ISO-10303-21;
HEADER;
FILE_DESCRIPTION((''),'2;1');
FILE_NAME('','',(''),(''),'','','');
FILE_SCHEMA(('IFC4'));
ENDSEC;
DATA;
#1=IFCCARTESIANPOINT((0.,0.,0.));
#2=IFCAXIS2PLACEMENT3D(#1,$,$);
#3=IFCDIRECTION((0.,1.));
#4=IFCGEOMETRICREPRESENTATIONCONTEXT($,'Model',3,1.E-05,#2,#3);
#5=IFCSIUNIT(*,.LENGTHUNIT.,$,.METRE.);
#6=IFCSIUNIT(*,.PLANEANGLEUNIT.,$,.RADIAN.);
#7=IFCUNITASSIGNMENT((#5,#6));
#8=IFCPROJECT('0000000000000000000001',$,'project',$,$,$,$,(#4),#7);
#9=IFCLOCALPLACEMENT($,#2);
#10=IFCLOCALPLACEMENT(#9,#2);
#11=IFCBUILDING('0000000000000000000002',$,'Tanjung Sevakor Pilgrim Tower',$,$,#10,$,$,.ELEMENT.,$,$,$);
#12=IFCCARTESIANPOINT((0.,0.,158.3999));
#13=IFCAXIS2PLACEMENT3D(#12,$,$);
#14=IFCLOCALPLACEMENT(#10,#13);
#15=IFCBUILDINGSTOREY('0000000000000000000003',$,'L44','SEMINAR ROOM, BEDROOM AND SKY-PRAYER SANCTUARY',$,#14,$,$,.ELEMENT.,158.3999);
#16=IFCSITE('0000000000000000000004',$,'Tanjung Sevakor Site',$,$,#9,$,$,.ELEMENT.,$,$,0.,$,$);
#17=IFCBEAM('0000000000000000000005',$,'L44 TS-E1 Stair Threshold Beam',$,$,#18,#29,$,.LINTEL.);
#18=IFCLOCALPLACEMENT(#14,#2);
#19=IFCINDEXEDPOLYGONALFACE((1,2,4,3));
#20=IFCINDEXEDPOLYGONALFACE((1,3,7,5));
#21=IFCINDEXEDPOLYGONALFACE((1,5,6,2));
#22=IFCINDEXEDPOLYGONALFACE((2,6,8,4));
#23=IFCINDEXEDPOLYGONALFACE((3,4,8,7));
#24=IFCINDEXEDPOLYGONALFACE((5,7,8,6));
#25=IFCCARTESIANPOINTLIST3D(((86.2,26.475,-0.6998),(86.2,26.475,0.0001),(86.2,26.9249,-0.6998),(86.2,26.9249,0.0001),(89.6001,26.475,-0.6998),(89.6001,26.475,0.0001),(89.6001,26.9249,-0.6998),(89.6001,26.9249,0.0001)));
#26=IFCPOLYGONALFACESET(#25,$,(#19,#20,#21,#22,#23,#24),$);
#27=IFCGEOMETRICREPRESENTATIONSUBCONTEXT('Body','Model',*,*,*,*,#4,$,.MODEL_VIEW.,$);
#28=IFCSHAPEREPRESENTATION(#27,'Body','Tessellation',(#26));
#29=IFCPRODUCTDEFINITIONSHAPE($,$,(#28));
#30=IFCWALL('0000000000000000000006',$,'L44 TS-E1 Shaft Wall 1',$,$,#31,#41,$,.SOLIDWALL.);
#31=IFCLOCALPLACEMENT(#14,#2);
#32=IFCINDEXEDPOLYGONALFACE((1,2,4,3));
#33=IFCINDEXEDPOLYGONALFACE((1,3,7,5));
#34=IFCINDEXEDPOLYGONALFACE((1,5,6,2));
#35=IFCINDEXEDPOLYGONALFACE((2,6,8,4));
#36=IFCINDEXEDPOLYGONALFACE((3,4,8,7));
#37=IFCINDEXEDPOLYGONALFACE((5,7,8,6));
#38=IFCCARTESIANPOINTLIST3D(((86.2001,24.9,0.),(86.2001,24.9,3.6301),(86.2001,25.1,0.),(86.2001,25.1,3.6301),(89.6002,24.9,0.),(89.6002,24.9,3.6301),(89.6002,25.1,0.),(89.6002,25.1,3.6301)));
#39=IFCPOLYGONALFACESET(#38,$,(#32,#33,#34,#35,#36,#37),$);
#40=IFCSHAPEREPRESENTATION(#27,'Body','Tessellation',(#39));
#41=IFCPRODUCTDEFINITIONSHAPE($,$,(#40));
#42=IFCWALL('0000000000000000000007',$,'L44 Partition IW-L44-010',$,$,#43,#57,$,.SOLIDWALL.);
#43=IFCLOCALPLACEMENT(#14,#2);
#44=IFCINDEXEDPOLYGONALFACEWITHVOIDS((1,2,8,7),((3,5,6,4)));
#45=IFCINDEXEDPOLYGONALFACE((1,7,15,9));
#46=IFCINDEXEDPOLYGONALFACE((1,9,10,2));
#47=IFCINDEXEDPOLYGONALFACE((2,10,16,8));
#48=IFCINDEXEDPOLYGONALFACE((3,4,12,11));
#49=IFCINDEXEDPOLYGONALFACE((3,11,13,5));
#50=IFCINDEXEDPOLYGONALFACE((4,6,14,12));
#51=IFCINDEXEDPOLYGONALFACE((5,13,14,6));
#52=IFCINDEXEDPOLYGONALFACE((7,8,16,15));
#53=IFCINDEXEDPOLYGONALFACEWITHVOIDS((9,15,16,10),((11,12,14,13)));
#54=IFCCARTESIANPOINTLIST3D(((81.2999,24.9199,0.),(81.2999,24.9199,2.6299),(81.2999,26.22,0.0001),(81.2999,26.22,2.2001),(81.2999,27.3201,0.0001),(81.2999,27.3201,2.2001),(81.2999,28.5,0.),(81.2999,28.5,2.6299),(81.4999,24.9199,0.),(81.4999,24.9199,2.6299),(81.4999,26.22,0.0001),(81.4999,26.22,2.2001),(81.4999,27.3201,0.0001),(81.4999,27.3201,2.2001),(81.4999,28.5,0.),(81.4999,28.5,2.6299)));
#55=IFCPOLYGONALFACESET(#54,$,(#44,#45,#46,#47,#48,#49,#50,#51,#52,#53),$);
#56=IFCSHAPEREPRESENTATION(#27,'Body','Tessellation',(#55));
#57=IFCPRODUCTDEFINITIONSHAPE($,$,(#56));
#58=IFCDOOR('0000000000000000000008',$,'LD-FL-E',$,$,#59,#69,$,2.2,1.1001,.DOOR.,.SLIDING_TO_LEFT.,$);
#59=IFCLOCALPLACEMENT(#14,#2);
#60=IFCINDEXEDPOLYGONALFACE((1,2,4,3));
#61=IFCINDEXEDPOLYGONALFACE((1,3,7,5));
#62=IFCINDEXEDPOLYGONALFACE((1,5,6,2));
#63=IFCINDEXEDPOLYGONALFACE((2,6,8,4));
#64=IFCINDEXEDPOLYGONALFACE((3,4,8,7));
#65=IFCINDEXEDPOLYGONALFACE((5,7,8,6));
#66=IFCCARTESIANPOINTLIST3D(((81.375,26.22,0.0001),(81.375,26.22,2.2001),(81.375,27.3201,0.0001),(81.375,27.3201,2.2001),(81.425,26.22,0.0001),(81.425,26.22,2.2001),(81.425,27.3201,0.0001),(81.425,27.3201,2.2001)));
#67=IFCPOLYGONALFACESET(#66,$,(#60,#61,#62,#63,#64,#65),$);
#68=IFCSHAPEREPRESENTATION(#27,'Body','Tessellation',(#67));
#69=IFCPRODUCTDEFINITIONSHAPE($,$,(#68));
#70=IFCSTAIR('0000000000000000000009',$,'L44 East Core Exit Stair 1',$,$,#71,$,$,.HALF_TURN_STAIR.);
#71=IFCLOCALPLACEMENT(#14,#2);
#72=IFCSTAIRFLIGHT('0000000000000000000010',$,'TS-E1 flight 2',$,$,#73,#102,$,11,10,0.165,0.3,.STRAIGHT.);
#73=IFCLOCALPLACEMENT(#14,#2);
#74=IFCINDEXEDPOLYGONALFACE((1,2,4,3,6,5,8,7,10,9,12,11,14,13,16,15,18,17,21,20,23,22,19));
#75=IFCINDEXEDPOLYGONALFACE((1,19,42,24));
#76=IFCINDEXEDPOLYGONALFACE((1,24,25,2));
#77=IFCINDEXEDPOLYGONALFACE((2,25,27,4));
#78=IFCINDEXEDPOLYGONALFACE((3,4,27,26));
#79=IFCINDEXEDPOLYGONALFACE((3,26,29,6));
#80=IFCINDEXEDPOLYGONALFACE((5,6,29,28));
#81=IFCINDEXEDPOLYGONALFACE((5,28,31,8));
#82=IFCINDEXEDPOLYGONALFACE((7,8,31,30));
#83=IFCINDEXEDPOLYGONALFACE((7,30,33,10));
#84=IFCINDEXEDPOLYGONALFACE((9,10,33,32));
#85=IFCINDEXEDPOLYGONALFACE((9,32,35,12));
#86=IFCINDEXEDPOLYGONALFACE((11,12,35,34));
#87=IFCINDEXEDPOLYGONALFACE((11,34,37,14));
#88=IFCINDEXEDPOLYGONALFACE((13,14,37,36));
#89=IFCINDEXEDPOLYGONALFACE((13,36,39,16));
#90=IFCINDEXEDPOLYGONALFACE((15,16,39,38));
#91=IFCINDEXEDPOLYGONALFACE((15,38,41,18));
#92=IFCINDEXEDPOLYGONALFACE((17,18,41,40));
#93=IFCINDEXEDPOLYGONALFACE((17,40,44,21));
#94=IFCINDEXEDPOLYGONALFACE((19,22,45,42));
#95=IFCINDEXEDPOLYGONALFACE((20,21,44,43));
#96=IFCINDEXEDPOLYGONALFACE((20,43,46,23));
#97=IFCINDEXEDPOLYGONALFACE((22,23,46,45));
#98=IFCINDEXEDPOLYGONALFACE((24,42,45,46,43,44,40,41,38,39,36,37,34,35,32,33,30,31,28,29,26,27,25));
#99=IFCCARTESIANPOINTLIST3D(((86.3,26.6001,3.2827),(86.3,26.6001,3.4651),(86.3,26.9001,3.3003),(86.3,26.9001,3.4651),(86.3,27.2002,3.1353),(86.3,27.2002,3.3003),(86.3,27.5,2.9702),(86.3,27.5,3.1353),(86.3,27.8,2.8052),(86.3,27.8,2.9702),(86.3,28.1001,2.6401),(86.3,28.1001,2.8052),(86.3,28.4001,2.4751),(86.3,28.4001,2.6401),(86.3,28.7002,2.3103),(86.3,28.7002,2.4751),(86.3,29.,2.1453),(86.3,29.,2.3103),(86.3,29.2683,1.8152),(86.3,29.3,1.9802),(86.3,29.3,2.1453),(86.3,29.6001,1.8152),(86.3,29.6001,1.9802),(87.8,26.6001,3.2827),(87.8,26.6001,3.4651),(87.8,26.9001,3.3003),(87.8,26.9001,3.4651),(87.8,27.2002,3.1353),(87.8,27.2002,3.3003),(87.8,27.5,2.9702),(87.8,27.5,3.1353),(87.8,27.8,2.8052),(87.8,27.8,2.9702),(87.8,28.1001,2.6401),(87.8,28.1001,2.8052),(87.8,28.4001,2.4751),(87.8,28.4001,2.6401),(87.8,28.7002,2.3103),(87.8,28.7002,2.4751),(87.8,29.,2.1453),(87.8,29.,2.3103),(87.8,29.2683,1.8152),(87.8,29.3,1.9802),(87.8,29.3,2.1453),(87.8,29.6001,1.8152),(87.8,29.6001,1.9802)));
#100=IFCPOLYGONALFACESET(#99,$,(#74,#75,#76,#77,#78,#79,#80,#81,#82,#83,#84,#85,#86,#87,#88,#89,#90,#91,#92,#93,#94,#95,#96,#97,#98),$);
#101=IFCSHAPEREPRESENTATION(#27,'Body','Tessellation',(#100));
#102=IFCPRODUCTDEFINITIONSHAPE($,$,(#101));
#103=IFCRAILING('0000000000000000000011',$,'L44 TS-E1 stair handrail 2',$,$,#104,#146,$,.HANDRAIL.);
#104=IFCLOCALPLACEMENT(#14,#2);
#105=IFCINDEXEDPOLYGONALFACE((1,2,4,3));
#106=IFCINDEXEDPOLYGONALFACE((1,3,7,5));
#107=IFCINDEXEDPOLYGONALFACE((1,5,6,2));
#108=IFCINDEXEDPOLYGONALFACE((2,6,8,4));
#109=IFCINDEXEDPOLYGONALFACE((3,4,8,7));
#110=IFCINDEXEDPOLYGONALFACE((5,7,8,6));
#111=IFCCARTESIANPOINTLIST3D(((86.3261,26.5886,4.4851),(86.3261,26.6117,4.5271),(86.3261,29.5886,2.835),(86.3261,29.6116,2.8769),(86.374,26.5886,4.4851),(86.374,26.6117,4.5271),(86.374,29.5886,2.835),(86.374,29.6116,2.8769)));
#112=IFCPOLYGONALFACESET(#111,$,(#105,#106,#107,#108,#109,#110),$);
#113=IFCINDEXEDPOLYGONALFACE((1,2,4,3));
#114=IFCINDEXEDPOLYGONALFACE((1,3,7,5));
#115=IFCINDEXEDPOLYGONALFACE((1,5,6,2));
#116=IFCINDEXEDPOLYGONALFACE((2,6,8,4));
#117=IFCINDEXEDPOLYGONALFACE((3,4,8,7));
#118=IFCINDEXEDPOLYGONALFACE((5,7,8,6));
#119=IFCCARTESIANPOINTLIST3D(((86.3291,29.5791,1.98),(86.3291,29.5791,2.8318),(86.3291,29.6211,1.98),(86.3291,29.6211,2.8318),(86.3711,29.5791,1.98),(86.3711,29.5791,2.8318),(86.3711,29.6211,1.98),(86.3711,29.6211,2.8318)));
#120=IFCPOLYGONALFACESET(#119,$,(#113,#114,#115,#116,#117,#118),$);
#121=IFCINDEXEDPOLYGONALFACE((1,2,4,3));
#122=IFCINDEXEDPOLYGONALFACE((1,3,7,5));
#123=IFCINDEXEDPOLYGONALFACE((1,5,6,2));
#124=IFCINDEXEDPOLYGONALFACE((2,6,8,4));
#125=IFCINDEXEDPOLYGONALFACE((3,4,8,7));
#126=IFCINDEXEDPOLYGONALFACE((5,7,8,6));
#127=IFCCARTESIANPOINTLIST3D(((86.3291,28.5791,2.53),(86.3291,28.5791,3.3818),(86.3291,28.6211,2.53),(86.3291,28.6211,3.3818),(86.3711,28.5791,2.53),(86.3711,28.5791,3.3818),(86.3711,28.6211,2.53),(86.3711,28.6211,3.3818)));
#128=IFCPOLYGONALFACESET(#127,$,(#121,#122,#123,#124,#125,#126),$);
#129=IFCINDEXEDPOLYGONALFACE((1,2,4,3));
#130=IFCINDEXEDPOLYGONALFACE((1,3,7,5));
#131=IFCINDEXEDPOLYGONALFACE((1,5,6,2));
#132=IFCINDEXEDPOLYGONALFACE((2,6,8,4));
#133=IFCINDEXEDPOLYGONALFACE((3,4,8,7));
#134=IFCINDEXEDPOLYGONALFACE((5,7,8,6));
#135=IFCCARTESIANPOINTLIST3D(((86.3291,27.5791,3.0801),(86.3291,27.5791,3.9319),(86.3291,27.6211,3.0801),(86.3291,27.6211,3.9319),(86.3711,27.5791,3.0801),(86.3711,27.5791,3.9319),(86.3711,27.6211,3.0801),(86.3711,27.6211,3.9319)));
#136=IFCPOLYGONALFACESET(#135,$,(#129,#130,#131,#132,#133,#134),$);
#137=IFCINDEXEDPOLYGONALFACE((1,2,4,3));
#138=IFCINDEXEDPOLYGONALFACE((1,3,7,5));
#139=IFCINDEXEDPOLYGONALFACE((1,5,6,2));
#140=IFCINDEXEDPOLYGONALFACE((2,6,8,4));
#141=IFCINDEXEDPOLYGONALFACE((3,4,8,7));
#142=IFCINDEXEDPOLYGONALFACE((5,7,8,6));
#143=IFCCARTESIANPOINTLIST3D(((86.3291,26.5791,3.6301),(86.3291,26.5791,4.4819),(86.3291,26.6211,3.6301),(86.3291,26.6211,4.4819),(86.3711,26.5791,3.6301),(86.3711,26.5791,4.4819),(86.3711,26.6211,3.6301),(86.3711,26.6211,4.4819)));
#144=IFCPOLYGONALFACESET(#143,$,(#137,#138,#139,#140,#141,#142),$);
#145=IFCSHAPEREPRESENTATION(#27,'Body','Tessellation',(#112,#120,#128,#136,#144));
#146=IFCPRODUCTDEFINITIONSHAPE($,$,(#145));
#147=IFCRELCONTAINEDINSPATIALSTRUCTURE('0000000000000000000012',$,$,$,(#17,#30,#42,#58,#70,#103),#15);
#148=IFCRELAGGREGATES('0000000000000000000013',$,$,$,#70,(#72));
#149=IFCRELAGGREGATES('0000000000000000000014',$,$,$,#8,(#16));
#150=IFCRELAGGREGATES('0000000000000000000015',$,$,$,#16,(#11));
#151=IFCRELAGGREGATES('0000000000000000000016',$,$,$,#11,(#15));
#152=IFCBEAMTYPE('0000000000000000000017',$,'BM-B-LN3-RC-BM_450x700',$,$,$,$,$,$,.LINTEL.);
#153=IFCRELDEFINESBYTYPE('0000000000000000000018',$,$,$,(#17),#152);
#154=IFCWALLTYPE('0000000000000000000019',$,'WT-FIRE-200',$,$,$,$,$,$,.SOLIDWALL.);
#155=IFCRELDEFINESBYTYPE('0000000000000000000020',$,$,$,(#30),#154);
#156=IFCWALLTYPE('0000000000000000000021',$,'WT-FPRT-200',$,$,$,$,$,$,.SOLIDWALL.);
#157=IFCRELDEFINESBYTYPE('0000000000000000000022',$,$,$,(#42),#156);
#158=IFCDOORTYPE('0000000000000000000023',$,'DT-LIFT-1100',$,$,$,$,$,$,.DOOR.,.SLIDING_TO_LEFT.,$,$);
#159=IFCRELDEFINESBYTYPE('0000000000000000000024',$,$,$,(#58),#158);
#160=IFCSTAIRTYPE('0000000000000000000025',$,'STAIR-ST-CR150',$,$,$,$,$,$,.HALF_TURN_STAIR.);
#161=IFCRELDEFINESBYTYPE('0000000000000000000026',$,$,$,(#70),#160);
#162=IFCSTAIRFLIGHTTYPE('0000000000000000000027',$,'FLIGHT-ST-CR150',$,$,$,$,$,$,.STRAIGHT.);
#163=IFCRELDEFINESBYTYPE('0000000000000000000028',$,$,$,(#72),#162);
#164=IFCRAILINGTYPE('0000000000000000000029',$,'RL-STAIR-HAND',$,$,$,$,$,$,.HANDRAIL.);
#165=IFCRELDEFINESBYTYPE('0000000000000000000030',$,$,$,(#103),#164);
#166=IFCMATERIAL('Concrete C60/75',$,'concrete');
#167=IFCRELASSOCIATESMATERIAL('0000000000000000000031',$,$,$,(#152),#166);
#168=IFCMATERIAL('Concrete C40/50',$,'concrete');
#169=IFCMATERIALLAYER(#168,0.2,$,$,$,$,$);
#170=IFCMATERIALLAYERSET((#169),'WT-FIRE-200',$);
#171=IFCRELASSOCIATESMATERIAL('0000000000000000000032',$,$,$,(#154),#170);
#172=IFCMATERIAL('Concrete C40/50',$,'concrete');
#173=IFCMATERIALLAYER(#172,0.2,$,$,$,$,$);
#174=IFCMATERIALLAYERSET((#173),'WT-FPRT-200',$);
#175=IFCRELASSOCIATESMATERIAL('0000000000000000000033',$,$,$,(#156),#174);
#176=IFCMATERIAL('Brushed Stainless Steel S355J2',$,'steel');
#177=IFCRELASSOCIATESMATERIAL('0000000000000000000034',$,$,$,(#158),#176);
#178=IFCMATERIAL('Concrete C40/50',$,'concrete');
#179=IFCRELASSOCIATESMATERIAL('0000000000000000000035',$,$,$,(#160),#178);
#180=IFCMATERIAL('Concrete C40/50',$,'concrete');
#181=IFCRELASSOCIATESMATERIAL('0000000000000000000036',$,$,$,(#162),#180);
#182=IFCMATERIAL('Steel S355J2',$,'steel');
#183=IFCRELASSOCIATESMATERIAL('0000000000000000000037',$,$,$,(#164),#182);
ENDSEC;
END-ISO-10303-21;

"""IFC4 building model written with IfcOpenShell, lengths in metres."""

from ifc_helpers import new_model, si_unit, direction, frame, frame_2d, origin, origin_2d, place, context, subcontext, project, spatial, polyline, rectangle, outline, extrude, material, layer, layer_set, material_profile, profile_set, type_object, element, fill, aggregate, save


model = new_model("IFC4")

# Units and contexts
model_context = context("Model", 3, precision=1e-05, world=origin(), true_north=direction((0.0, 1.0)))
body_context = subcontext(model_context, "Body", "Model", "MODEL_VIEW")
ifc_project = project(units=[si_unit("LENGTHUNIT", "METRE"), si_unit("PLANEANGLEUNIT", "RADIAN")], contexts=[model_context])

# Site, building, storey
site_placement = place(None, origin())
site = spatial("IfcSite", under=ifc_project, at=site_placement, Name="Tanjung Sevakor Site", CompositionType="ELEMENT", RefElevation=0.0)
building_placement = place(site_placement, origin())
building = spatial("IfcBuilding", under=site, at=building_placement, Name="Tanjung Sevakor Pilgrim Tower", CompositionType="ELEMENT")
storey_placement = place(building_placement, frame((0.0, 0.0, 158.3999)))
storey = spatial("IfcBuildingStorey", under=building, at=storey_placement, Name="L44", Description="SEMINAR ROOM, BEDROOM AND SKY-PRAYER SANCTUARY", CompositionType="ELEMENT", Elevation=158.3999)

# Beam
ifc_material_1 = material(Name="Concrete C60/75", Category="concrete")
ifc_material_profile = material_profile(ifc_material_1, rectangle(XDim=0.45, YDim=0.7, at=origin_2d()))
ifc_profile_set = profile_set([ifc_material_profile], Name="Concrete C60/75")
beam_type = type_object("IfcBeamType", Name="BM-B-LN3-RC-BM_450x700", PredefinedType="LINTEL", material=ifc_profile_set)
beam_placement = place(storey_placement, frame((86.2, 26.7, -0.3499), z_axis=(1.0, 0.0, 0.0), x_axis=(0.0, 1.0, 0.0)))
element("IfcBeam", 1, at=beam_placement, inside=storey, type_object=beam_type, Name="L44 TS-E1 Stair Threshold Beam", PredefinedType="LINTEL", context=body_context, shape_type="SweptSolid", body=[
    extrude(rectangle(XDim=0.45, YDim=0.7, at=origin_2d()), origin(), (0.0, 0.0, 1.0), 3.4001),
])

# Wall
ifc_material_2 = material(Name="Concrete C40/50", Category="concrete")
ifc_layer_1 = layer(ifc_material_2, 0.2)
ifc_layer_set_1 = layer_set([ifc_layer_1], Name="WT-FIRE-200")
wall_type_1 = type_object("IfcWallType", Name="WT-FIRE-200", PredefinedType="SOLIDWALL", material=ifc_layer_set_1)
wall_1_placement = place(storey_placement, frame((86.2, 25.0, 0.0), z_axis=(0.0, 0.0, 1.0), x_axis=(1.0, 0.0, 0.0)))
element("IfcWall", 2, at=wall_1_placement, inside=storey, type_object=wall_type_1, Name="L44 TS-E1 Shaft Wall 1", PredefinedType="SOLIDWALL", context=body_context, shape_type="SweptSolid", body=[
    extrude(rectangle(XDim=3.4001, YDim=0.2, at=frame_2d((1.7002, 0.0))), origin(), (0.0, 0.0, 1.0), 3.6301),
])

# Wall, opening, door
ifc_material_3 = material(Name="Concrete C40/50", Category="concrete")
ifc_layer_2 = layer(ifc_material_3, 0.2)
ifc_layer_set_2 = layer_set([ifc_layer_2], Name="WT-FPRT-200")
wall_type_2 = type_object("IfcWallType", Name="WT-FPRT-200", PredefinedType="SOLIDWALL", material=ifc_layer_set_2)
wall_2_placement = place(storey_placement, frame((81.3999, 24.9199, 0.0), z_axis=(0.0, 0.0, 1.0), x_axis=(0.0, 1.0, 0.0)))
wall_2 = element("IfcWall", 3, at=wall_2_placement, inside=storey, type_object=wall_type_2, Name="L44 Partition IW-L44-010", PredefinedType="SOLIDWALL", context=body_context, shape_type="SweptSolid", body=[
    extrude(rectangle(XDim=3.5801, YDim=0.2, at=frame_2d((1.79, 0.0))), origin(), (0.0, 0.0, 1.0), 2.6299),
])
opening_1_placement = place(wall_2_placement, frame((1.3, 0.0, 0.0)))
opening_1 = element("IfcOpeningElement", 4, at=opening_1_placement, cuts=wall_2, PredefinedType="OPENING", context=body_context, shape_type="SweptSolid", body=[
    extrude(rectangle(XDim=1.1001, YDim=2.2, at=frame_2d((0.55, 1.1001))), frame((0.0, 0.1099, 0.0), z_axis=(0.0, -1.0, 0.0), x_axis=(1.0, 0.0, 0.0)), (0.0, 0.0, 1.0), 0.22),
])
ifc_material_4 = material(Name="Brushed Stainless Steel S355J2", Category="steel")
door_type_1 = type_object("IfcDoorType", Name="DT-LIFT-1100", OperationType="SLIDING_TO_LEFT", PredefinedType="DOOR", material=ifc_material_4)
door_1_placement = place(opening_1_placement, origin())
door_1 = element("IfcDoor", 5, at=door_1_placement, inside=storey, type_object=door_type_1, Name="LD-FL-E", OperationType="SLIDING_TO_LEFT", OverallHeight=2.2, OverallWidth=1.1001, PredefinedType="DOOR", context=body_context, shape_type="SweptSolid", body=[
    extrude(rectangle(XDim=1.1001, YDim=2.2, at=frame_2d((0.55, 1.1001))), frame((0.0, 0.0249, 0.0), z_axis=(0.0, -1.0, 0.0), x_axis=(1.0, 0.0, 0.0)), (0.0, 0.0, 1.0), 0.05),
])
fill(opening_1, door_1)

# Stair, stair flight
ifc_material_5 = material(Name="Concrete C40/50", Category="concrete")
stair_type = type_object("IfcStairType", Name="STAIR-ST-CR150", PredefinedType="HALF_TURN_STAIR", material=ifc_material_5)
stair_placement = place(storey_placement, origin())
stair = element("IfcStair", 6, at=stair_placement, inside=storey, type_object=stair_type, Name="L44 East Core Exit Stair 1", PredefinedType="HALF_TURN_STAIR")
ifc_material_6 = material(Name="Concrete C40/50", Category="concrete")
stair_flight_type = type_object("IfcStairFlightType", Name="FLIGHT-ST-CR150", PredefinedType="STRAIGHT", material=ifc_material_6)
stair_flight_placement = place(storey_placement, frame((87.05, 29.6001, 1.8152), z_axis=(0.0, 0.0, 1.0), x_axis=(0.0, -1.0, 0.0)))
stair_flight = element("IfcStairFlight", 7, at=stair_flight_placement, type_object=stair_flight_type, Name="TS-E1 flight 2", NumberOfRisers=11, NumberOfTreads=10, PredefinedType="STRAIGHT", RiserHeight=0.165, TreadLength=0.3, context=body_context, shape_type="SweptSolid", body=[
    extrude(outline(polyline([(0.0, 0.0), (0.0, 0.165), (0.3, 0.165), (0.3, 0.3301), (0.6001, 0.3301), (0.6001, 0.4951), (0.8999, 0.4951), (0.8999, 0.6599), (1.2, 0.6599), (1.2, 0.825), (1.5, 0.825), (1.5, 0.99), (1.8, 0.99), (1.8, 1.155), (2.1001, 1.155), (2.1001, 1.3201), (2.3999, 1.3201), (2.3999, 1.4851), (2.7, 1.4851), (2.7, 1.6499), (3.0, 1.6499), (3.0, 1.8149), (3.0, 1.4675), (0.3318, 0.0), (0.0, 0.0)])), frame((0.0, 0.75, 0.0), z_axis=(0.0, -1.0, 0.0), x_axis=(1.0, 0.0, 0.0)), (0.0, 0.0, 1.0), 1.5),
])
aggregate(stair, [stair_flight])

# Railing
ifc_material_7 = material(Name="Steel S355J2", Category="steel")
railing_type = type_object("IfcRailingType", Name="RL-STAIR-HAND", PredefinedType="HANDRAIL", material=ifc_material_7)
railing_placement = place(storey_placement, frame((86.3501, 29.6001, 1.98)))
element("IfcRailing", 8, at=railing_placement, inside=storey, type_object=railing_type, Name="L44 TS-E1 stair handrail 2", PredefinedType="HANDRAIL", context=body_context, shape_type="SweptSolid", body=[
    extrude(rectangle(XDim=0.0479, YDim=0.0479), frame((0.0, 0.0, 0.876), z_axis=(0.0, -0.876198, 0.481952), x_axis=(1.0, 0.0, 0.0)), (0.0, 0.0, 1.0), 3.4238),
    extrude(rectangle(XDim=0.042, YDim=0.042), origin(), (0.0, 0.0, 1.0), 0.8518),
    extrude(rectangle(XDim=0.042, YDim=0.042), frame((0.0, -1.0, 0.55)), (0.0, 0.0, 1.0), 0.8518),
    extrude(rectangle(XDim=0.042, YDim=0.042), frame((0.0, -2.0, 1.1001)), (0.0, 0.0, 1.0), 0.8518),
    extrude(rectangle(XDim=0.042, YDim=0.042), frame((0.0, -3.0, 1.6501)), (0.0, 0.0, 1.0), 0.8518),
])

save(model, "model.ifc")
